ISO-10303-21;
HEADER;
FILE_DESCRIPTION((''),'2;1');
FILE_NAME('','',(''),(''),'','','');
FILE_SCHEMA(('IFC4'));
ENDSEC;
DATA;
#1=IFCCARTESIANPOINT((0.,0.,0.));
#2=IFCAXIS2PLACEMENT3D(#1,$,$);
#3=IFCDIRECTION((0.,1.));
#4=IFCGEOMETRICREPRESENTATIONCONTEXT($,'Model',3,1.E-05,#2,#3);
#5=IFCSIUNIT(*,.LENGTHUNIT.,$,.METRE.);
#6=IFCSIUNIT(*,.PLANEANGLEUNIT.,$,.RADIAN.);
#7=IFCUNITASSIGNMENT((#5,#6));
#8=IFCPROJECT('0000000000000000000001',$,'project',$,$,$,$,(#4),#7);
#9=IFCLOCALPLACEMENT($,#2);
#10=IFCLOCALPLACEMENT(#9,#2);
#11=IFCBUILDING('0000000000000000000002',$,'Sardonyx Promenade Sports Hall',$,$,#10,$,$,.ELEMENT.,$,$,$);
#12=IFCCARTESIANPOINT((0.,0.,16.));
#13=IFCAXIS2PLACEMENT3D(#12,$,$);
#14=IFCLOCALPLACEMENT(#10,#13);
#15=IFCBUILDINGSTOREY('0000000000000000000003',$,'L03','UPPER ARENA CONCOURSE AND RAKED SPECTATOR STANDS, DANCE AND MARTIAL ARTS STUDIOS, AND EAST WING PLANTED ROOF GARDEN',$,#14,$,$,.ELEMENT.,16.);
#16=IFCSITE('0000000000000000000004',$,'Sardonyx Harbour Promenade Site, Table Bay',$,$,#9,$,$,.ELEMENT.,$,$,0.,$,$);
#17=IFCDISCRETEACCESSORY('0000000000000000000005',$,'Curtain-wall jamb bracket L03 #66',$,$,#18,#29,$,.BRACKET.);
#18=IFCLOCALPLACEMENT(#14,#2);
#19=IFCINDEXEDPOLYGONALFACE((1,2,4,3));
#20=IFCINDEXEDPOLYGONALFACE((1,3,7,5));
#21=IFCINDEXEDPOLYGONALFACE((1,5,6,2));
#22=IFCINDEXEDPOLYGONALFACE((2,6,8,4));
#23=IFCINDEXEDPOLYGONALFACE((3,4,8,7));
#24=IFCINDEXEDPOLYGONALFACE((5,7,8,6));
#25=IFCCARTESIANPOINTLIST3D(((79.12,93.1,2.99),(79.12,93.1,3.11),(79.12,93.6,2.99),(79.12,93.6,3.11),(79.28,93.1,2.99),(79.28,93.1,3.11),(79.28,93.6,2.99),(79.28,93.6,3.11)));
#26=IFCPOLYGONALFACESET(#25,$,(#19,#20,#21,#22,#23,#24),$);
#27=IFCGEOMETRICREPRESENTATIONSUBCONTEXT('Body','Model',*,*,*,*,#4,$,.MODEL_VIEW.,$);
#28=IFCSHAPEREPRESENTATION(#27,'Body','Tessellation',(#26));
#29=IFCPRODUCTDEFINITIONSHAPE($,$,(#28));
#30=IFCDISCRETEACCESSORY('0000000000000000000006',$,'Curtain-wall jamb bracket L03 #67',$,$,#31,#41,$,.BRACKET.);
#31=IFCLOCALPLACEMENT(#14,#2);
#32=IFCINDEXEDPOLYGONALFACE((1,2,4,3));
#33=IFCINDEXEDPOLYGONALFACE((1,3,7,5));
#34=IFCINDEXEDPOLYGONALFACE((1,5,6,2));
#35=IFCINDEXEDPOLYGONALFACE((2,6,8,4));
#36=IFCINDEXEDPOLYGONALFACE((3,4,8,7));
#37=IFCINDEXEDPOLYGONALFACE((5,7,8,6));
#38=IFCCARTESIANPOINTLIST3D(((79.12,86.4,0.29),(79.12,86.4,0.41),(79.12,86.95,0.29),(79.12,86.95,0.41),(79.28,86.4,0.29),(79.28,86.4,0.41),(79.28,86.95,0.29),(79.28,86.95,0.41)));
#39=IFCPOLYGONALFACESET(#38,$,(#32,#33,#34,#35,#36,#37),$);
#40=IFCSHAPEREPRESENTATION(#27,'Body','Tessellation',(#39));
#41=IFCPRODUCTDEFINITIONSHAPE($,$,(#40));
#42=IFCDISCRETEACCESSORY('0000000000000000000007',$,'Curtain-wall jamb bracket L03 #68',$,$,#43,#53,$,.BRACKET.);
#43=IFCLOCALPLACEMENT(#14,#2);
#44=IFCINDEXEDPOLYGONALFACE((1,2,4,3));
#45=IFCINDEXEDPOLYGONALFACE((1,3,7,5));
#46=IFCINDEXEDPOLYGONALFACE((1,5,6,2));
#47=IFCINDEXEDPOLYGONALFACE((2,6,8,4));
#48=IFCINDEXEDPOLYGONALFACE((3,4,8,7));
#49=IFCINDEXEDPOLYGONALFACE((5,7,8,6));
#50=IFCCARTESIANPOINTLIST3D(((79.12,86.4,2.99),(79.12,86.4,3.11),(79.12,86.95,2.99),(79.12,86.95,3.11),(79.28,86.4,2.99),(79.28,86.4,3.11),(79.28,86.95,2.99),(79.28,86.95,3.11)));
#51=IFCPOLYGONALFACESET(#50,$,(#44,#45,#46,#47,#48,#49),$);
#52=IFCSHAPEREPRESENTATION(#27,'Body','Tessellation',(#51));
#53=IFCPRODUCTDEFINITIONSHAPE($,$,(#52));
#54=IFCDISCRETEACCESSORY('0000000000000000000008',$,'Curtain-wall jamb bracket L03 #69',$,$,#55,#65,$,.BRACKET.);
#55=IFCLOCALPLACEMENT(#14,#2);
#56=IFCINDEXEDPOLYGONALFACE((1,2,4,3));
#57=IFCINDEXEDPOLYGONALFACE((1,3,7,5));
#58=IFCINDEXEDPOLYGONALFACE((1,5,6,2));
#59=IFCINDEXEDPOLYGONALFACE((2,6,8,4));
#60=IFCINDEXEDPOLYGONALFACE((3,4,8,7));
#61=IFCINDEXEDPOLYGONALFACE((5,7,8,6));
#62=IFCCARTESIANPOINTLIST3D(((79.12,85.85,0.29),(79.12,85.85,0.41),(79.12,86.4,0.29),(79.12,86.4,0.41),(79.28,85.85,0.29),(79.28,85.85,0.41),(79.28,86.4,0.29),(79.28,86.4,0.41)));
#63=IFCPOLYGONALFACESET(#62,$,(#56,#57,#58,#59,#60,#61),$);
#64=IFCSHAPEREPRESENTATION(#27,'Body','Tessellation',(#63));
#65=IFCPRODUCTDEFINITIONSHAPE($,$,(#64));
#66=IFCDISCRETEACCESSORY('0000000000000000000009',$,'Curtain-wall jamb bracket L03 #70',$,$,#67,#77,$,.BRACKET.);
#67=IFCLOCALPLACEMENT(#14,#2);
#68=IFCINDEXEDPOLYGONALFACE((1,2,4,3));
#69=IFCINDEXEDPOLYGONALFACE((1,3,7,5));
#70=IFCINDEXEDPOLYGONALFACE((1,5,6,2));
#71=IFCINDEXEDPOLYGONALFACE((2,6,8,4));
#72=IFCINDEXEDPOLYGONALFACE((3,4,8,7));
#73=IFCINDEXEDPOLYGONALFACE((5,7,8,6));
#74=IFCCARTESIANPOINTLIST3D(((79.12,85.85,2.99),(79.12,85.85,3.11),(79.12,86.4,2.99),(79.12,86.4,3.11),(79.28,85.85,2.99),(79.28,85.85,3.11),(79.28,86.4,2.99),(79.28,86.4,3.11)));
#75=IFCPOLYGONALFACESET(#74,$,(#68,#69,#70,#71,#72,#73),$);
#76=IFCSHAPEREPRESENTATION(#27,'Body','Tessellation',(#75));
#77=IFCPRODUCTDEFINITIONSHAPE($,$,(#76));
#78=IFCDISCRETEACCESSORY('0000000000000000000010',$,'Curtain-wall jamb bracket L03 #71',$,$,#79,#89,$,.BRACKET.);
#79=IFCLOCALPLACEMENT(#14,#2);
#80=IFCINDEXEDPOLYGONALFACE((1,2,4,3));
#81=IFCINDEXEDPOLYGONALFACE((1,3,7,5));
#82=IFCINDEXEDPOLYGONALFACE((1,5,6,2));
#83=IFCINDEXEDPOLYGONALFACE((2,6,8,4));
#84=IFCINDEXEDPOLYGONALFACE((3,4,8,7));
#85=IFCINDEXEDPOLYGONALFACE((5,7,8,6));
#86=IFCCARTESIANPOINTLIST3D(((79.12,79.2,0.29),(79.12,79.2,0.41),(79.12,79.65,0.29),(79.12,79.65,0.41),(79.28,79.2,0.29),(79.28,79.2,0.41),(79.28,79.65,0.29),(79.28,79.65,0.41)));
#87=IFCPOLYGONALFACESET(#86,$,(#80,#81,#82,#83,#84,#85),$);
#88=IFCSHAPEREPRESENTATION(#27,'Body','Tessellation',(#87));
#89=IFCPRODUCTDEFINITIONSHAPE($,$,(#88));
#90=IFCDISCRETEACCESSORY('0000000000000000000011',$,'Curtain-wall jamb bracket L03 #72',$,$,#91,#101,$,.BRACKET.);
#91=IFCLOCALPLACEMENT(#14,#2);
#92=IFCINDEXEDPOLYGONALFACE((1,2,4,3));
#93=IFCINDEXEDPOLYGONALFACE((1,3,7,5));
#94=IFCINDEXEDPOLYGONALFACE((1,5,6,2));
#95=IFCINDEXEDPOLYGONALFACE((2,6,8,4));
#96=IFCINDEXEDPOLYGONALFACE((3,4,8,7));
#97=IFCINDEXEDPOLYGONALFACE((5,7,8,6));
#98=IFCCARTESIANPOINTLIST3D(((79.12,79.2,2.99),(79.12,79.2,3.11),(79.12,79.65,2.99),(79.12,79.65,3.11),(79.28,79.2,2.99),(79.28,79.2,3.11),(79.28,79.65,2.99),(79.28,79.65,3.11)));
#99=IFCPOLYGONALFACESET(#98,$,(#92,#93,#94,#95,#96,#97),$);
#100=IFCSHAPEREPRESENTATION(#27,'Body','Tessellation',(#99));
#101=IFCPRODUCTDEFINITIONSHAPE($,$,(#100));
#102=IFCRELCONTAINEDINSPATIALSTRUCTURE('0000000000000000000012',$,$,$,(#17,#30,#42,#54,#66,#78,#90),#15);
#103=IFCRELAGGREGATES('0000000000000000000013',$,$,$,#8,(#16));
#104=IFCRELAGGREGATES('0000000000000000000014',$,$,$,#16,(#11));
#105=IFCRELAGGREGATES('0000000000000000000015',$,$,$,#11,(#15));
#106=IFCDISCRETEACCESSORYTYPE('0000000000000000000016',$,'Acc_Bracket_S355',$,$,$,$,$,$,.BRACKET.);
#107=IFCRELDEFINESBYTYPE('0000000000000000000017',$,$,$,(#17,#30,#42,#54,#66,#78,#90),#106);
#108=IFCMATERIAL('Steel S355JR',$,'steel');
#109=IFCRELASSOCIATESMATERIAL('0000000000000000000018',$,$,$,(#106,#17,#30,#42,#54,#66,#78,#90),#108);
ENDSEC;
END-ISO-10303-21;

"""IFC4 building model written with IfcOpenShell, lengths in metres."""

from ifc_helpers import new_model, si_unit, direction, frame, origin, place, context, subcontext, project, spatial, rectangle, extrude, material, type_object, element, save


model = new_model("IFC4")

# Units and contexts
model_context = context("Model", 3, precision=1e-05, world=origin(), true_north=direction((0.0, 1.0)))
body_context = subcontext(model_context, "Body", "Model", "MODEL_VIEW")
ifc_project = project(units=[si_unit("LENGTHUNIT", "METRE"), si_unit("PLANEANGLEUNIT", "RADIAN")], contexts=[model_context])

# Site, building, storey
site_placement = place(None, origin())
site = spatial("IfcSite", under=ifc_project, at=site_placement, Name="Sardonyx Harbour Promenade Site, Table Bay", CompositionType="ELEMENT", RefElevation=0.0)
building_placement = place(site_placement, origin())
building = spatial("IfcBuilding", under=site, at=building_placement, Name="Sardonyx Promenade Sports Hall", CompositionType="ELEMENT")
storey_placement = place(building_placement, frame((0.0, 0.0, 16.0)))
storey = spatial("IfcBuildingStorey", under=building, at=storey_placement, Name="L03", Description="UPPER ARENA CONCOURSE AND RAKED SPECTATOR STANDS, DANCE AND MARTIAL ARTS STUDIOS, AND EAST WING PLANTED ROOF GARDEN", CompositionType="ELEMENT", Elevation=16.0)

# Discrete accessories
ifc_material_1 = material(Name="Steel S355JR", Category="steel")
discrete_accessory_type = type_object("IfcDiscreteAccessoryType", Name="Acc_Bracket_S355", PredefinedType="BRACKET", material=ifc_material_1)
for number, where, z_axis, x_axis, name in (
    (1, (79.2, 93.35, 2.99), (0.0, 0.0, 1.0), (0.0, -1.0, 0.0), "Curtain-wall jamb bracket L03 #66"),
):
    element("IfcDiscreteAccessory", number, at=place(storey_placement, frame(where, z_axis=z_axis, x_axis=x_axis)), inside=storey, type_object=discrete_accessory_type, material=ifc_material_1, Name=name, PredefinedType="BRACKET", context=body_context, shape_type="SweptSolid", body=[
        extrude(rectangle(XDim=0.5, YDim=0.16), origin(), (0.0, 0.0, 1.0), 0.12),
    ])
for number, where, z_axis, x_axis, name in (
    (2, (79.2, 86.675, 0.29), (0.0, 0.0, 1.0), (0.0, -1.0, 0.0), "Curtain-wall jamb bracket L03 #67"),
    (3, (79.2, 86.675, 2.99), (0.0, 0.0, 1.0), (0.0, -1.0, 0.0), "Curtain-wall jamb bracket L03 #68"),
    (4, (79.2, 86.125, 0.29), (0.0, 0.0, 1.0), (0.0, -1.0, 0.0), "Curtain-wall jamb bracket L03 #69"),
    (5, (79.2, 86.125, 2.99), (0.0, 0.0, 1.0), (0.0, -1.0, 0.0), "Curtain-wall jamb bracket L03 #70"),
):
    element("IfcDiscreteAccessory", number, at=place(storey_placement, frame(where, z_axis=z_axis, x_axis=x_axis)), inside=storey, type_object=discrete_accessory_type, material=ifc_material_1, Name=name, PredefinedType="BRACKET", context=body_context, shape_type="SweptSolid", body=[
        extrude(rectangle(XDim=0.55, YDim=0.16), origin(), (0.0, 0.0, 1.0), 0.12),
    ])
for number, where, z_axis, x_axis, name in (
    (6, (79.2, 79.425, 0.29), (0.0, 0.0, 1.0), (0.0, -1.0, 0.0), "Curtain-wall jamb bracket L03 #71"),
    (7, (79.2, 79.425, 2.99), (0.0, 0.0, 1.0), (0.0, -1.0, 0.0), "Curtain-wall jamb bracket L03 #72"),
):
    element("IfcDiscreteAccessory", number, at=place(storey_placement, frame(where, z_axis=z_axis, x_axis=x_axis)), inside=storey, type_object=discrete_accessory_type, material=ifc_material_1, Name=name, PredefinedType="BRACKET", context=body_context, shape_type="SweptSolid", body=[
        extrude(rectangle(XDim=0.45, YDim=0.16), origin(), (0.0, 0.0, 1.0), 0.12),
    ])

save(model, "model.ifc")
